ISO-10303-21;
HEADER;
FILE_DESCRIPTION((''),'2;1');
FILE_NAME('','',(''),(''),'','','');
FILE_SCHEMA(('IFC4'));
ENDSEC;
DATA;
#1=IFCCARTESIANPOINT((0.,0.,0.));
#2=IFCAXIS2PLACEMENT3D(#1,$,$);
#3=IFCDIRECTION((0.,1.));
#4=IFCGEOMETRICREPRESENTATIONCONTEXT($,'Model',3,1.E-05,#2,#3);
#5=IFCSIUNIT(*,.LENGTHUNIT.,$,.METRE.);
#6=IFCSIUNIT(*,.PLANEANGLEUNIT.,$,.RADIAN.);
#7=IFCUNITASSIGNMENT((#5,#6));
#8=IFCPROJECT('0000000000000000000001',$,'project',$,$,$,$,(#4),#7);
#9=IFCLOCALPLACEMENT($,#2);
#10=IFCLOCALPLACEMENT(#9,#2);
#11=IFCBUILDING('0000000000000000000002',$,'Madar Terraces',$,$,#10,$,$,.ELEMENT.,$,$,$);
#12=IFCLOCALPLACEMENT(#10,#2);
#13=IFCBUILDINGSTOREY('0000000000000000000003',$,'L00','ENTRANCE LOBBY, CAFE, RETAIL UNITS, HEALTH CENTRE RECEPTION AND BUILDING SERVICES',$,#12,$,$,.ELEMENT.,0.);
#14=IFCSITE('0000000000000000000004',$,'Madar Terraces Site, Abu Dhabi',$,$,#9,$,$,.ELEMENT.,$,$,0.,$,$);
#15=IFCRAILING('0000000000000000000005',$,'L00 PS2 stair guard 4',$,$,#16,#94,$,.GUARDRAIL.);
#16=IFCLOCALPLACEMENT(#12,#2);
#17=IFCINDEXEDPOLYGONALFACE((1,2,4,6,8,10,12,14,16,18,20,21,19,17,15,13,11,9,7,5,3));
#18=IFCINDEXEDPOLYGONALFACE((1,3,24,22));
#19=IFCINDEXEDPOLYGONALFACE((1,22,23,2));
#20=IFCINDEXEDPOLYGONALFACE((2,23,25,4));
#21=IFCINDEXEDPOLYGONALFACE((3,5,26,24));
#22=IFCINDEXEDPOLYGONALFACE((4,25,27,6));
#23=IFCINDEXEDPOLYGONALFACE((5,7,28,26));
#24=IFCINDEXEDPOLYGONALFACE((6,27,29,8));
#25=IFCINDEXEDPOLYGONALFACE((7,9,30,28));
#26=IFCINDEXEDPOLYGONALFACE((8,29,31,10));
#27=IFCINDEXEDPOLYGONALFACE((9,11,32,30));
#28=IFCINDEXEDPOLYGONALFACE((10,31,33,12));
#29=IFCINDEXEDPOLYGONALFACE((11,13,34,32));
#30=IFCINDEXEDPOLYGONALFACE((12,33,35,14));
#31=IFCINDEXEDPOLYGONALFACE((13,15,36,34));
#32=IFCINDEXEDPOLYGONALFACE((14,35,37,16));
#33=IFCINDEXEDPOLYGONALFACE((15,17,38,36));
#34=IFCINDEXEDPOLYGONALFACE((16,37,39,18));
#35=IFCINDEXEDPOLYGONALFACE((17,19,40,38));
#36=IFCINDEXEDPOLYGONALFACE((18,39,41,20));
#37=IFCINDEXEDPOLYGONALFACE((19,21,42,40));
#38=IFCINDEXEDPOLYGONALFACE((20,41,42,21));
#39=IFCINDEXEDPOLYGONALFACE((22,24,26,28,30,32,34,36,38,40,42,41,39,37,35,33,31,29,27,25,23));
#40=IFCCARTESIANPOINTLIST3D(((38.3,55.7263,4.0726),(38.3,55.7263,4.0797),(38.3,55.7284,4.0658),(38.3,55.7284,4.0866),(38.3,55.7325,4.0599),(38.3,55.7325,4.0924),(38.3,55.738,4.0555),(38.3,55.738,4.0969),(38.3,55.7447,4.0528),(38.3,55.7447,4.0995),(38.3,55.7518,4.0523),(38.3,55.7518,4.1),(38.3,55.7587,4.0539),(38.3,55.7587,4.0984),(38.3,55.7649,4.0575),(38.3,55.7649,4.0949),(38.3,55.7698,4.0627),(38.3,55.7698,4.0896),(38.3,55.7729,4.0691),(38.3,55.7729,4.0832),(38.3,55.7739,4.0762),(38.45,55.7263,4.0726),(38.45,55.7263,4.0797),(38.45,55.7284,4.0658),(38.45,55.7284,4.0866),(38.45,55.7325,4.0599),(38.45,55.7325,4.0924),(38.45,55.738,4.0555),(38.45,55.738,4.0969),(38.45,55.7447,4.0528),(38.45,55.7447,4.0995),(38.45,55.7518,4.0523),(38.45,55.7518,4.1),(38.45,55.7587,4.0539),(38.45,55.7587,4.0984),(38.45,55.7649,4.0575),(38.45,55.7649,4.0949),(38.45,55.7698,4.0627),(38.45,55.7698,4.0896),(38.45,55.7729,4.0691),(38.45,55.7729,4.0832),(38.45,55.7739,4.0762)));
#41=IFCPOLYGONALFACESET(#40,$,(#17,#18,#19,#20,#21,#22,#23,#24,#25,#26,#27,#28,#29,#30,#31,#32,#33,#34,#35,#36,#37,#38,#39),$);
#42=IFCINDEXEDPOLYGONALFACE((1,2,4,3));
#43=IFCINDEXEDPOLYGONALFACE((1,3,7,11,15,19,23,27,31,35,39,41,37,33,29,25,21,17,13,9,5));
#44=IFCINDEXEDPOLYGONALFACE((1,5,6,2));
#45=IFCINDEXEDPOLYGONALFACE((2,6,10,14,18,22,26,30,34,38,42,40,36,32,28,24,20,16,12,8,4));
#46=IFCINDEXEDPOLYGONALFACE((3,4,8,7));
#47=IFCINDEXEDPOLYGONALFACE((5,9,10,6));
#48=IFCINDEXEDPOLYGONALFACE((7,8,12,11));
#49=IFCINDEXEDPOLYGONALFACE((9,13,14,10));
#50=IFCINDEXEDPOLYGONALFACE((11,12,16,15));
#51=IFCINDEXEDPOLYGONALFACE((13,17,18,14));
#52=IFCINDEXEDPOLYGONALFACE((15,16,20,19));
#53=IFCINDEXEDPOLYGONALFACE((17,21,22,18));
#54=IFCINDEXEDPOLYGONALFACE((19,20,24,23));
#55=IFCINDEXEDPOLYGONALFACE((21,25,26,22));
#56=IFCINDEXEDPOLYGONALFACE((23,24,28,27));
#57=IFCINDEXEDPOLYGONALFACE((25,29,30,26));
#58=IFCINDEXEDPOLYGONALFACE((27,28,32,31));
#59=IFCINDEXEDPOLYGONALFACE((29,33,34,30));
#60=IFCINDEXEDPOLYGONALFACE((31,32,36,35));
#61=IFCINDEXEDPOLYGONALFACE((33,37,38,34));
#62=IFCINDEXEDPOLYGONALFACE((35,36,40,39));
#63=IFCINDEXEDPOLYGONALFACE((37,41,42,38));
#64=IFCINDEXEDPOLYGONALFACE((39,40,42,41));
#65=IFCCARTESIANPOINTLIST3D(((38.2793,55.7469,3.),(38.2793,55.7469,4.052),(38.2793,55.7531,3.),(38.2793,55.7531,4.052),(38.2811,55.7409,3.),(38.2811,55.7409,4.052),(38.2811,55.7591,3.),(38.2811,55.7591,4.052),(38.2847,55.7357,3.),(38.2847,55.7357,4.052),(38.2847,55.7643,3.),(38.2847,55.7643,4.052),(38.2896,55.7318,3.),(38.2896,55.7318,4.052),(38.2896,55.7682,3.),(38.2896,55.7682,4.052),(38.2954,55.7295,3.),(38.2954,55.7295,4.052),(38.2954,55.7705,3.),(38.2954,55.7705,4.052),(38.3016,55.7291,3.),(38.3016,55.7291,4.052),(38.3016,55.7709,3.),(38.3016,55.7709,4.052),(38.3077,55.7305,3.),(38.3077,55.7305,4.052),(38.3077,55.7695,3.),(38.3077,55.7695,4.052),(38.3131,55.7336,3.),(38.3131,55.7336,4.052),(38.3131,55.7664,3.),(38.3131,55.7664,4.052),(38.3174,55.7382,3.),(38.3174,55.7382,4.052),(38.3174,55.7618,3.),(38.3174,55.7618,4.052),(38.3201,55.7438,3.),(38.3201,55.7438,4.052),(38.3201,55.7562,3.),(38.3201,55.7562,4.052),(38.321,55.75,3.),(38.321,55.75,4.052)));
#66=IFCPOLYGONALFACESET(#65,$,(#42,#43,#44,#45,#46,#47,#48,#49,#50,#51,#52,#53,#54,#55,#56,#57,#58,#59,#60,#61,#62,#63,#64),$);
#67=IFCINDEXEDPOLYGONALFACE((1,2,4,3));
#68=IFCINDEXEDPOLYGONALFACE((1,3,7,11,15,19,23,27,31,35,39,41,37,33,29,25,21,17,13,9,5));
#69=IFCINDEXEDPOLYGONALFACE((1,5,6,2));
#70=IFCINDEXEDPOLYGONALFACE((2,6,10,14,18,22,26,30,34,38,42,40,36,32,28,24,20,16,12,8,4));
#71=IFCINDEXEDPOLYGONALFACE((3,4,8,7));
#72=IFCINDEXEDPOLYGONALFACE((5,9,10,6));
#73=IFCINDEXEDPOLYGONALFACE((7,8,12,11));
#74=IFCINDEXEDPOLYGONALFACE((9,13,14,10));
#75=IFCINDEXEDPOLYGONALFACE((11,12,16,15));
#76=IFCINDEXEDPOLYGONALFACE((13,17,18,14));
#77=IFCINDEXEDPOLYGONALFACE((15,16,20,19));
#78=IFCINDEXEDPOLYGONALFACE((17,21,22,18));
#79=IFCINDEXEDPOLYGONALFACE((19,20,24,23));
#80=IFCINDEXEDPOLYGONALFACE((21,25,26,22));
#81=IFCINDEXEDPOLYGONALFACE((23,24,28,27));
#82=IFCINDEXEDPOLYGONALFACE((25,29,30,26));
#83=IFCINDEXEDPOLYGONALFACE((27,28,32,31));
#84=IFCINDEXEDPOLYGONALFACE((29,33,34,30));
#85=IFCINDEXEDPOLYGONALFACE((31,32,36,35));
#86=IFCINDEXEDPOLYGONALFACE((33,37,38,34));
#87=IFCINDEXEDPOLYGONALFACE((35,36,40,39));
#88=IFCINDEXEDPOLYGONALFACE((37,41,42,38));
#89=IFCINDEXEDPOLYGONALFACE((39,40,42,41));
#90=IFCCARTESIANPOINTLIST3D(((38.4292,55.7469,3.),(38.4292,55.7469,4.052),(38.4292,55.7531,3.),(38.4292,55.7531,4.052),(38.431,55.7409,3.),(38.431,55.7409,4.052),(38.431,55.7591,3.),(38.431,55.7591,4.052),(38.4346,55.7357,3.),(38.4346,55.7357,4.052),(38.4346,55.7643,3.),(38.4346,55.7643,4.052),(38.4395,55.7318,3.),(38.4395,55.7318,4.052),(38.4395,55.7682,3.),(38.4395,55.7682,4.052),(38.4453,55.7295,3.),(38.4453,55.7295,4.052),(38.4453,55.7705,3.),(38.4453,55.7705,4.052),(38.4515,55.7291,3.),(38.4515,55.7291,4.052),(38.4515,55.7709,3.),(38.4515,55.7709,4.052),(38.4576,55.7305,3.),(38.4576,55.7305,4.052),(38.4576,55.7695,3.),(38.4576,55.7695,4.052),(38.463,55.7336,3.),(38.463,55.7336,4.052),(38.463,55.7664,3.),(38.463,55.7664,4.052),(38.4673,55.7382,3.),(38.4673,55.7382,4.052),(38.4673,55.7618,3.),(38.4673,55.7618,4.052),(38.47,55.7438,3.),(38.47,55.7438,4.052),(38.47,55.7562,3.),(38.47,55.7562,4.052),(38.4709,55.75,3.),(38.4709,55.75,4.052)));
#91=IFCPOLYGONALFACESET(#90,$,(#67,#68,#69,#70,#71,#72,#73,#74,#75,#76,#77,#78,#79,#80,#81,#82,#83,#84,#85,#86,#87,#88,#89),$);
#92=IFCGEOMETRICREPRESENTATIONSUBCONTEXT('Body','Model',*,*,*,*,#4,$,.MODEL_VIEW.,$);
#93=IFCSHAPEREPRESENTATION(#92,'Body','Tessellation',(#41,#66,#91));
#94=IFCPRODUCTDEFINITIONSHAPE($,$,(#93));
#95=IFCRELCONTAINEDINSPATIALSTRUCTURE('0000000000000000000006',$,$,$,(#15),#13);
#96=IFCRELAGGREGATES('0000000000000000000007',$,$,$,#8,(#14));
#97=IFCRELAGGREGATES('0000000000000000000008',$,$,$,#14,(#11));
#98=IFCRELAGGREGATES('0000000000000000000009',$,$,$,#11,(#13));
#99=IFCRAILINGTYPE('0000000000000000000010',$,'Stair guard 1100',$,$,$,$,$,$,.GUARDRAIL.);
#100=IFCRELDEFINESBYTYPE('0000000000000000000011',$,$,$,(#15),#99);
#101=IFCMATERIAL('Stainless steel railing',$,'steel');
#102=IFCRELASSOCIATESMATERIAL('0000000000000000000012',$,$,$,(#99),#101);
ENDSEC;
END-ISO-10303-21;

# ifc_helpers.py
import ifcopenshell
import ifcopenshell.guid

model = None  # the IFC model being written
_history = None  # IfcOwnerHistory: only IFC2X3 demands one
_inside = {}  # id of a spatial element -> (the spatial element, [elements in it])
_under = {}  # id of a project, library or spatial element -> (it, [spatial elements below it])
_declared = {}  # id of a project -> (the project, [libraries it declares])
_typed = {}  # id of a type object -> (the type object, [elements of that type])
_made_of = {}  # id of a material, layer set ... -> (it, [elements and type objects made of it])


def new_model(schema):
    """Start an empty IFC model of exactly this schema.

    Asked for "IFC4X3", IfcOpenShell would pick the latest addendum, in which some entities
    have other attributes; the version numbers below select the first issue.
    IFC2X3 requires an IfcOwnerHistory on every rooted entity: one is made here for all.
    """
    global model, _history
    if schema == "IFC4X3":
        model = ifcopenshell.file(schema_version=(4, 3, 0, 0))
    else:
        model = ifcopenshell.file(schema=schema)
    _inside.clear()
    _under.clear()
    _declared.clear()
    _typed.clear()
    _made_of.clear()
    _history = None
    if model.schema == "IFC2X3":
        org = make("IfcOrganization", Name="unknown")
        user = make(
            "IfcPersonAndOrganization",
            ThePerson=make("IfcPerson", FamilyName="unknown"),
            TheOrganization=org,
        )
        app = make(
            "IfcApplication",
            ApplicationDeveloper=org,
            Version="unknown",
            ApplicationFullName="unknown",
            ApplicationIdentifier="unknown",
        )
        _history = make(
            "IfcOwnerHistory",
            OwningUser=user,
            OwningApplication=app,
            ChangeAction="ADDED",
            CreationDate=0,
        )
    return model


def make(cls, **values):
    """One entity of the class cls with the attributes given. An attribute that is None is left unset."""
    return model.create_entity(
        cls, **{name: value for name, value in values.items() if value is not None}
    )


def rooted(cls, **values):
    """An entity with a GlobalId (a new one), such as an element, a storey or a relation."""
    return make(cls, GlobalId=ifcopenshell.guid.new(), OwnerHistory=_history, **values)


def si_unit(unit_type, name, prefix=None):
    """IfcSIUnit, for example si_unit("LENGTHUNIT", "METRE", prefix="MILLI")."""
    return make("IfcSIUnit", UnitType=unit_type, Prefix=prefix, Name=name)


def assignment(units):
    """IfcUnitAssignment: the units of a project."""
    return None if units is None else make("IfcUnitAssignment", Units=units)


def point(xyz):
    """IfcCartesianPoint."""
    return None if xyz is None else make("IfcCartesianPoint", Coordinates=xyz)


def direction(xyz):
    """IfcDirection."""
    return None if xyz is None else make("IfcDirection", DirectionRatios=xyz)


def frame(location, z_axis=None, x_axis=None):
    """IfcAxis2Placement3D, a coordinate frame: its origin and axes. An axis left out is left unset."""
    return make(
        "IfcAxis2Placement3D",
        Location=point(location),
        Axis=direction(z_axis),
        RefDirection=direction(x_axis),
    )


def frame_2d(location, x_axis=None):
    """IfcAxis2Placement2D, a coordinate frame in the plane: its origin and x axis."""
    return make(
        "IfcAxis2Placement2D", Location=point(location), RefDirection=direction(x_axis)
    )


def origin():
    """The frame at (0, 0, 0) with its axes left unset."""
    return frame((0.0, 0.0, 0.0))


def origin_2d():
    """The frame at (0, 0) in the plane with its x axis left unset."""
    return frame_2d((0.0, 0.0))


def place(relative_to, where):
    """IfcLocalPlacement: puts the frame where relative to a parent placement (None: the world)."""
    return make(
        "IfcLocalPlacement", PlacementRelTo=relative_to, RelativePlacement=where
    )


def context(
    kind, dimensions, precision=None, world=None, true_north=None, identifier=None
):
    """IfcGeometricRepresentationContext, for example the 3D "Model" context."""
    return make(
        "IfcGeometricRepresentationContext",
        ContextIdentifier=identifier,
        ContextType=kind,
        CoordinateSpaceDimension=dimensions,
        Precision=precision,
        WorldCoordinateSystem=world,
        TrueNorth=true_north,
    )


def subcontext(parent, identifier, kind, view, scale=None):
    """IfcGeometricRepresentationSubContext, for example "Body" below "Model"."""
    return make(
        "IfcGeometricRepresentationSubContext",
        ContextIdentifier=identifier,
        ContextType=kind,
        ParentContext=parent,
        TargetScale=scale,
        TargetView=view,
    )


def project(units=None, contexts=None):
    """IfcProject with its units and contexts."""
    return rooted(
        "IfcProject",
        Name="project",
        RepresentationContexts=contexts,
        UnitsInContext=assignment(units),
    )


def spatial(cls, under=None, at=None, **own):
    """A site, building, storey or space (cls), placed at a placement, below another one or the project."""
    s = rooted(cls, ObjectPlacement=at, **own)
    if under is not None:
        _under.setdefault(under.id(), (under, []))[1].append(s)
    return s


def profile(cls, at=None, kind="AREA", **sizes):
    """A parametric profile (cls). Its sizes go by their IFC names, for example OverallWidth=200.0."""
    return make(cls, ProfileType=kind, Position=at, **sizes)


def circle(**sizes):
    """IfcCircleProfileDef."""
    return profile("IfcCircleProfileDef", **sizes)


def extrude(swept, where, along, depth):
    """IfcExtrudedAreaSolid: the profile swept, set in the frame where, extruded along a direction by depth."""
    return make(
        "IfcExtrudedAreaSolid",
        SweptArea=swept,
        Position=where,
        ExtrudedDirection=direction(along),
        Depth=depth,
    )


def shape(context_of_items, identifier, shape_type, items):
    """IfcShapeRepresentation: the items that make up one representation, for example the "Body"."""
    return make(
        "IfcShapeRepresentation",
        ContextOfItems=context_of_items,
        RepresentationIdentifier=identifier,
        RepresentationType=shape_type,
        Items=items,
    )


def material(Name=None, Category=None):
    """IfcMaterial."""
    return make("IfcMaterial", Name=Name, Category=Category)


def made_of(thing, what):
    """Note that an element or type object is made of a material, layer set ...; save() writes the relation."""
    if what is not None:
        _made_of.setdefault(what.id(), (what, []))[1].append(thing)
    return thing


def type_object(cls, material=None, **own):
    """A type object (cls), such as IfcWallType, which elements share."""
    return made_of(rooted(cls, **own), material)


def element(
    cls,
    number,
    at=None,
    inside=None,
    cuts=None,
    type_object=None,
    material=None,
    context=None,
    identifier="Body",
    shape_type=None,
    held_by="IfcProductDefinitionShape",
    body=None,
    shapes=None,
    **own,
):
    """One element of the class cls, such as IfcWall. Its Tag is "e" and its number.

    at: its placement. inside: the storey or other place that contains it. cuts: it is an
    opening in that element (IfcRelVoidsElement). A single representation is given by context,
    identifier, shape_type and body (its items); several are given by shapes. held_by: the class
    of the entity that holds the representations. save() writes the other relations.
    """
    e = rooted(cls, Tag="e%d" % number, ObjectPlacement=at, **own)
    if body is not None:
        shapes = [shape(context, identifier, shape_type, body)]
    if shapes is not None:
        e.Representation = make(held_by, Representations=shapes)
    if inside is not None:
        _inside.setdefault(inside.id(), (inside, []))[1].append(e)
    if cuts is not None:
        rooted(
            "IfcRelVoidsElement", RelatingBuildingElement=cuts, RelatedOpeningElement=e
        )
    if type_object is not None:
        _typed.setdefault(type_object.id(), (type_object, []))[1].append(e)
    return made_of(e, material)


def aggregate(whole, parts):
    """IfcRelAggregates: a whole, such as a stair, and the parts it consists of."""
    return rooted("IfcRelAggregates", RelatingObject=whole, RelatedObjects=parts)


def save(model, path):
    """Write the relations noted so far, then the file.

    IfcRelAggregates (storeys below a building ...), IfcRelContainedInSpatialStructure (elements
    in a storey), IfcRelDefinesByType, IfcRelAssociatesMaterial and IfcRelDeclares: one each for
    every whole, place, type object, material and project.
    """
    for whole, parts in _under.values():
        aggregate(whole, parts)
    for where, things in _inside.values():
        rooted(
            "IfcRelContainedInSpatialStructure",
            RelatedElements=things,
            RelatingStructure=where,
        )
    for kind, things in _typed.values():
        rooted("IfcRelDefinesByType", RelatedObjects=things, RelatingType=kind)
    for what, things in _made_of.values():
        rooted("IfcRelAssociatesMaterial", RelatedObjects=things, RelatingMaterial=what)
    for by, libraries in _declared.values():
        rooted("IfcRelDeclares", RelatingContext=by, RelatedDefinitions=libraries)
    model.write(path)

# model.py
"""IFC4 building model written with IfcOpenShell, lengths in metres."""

from ifc_helpers import new_model, si_unit, direction, frame, origin, origin_2d, place, context, subcontext, project, spatial, circle, extrude, material, type_object, element, save


model = new_model("IFC4")

# Units and contexts
model_context = context("Model", 3, precision=1e-05, world=origin(), true_north=direction((0.0, 1.0)))
body_context = subcontext(model_context, "Body", "Model", "MODEL_VIEW")
ifc_project = project(units=[si_unit("LENGTHUNIT", "METRE"), si_unit("PLANEANGLEUNIT", "RADIAN")], contexts=[model_context])

# Site, building, storey
site_placement = place(None, origin())
site = spatial("IfcSite", under=ifc_project, at=site_placement, Name="Madar Terraces Site, Abu Dhabi", CompositionType="ELEMENT", RefElevation=0.0)
building_placement = place(site_placement, origin())
building = spatial("IfcBuilding", under=site, at=building_placement, Name="Madar Terraces", CompositionType="ELEMENT")
storey_placement = place(building_placement, origin())
storey = spatial("IfcBuildingStorey", under=building, at=storey_placement, Name="L00", Description="ENTRANCE LOBBY, CAFE, RETAIL UNITS, HEALTH CENTRE RECEPTION AND BUILDING SERVICES", CompositionType="ELEMENT", Elevation=0.0)

# Railing
ifc_material_1 = material(Name="Stainless steel railing", Category="steel")
railing_type_1 = type_object("IfcRailingType", Name="Stair guard 1100", PredefinedType="GUARDRAIL", material=ifc_material_1)
railing_1_placement = place(storey_placement, frame((38.3, 55.75, 3.0)))
element("IfcRailing", 1, at=railing_1_placement, inside=storey, type_object=railing_type_1, Name="L00 PS2 stair guard 4", PredefinedType="GUARDRAIL", context=body_context, shape_type="SweptSolid", body=[
    extrude(circle(Radius=0.0239, at=origin_2d()), frame((0.0, 0.0, 1.0762), z_axis=(1.0, 0.0, 0.0), x_axis=(0.0, 1.0, 0.0)), (0.0, 0.0, 1.0), 0.1499),
    extrude(circle(Radius=0.021, at=origin_2d()), origin(), (0.0, 0.0, 1.0), 1.052),
    extrude(circle(Radius=0.021, at=origin_2d()), frame((0.1499, 0.0, 0.0)), (0.0, 0.0, 1.0), 1.052),
])

save(model, "model.ifc")
